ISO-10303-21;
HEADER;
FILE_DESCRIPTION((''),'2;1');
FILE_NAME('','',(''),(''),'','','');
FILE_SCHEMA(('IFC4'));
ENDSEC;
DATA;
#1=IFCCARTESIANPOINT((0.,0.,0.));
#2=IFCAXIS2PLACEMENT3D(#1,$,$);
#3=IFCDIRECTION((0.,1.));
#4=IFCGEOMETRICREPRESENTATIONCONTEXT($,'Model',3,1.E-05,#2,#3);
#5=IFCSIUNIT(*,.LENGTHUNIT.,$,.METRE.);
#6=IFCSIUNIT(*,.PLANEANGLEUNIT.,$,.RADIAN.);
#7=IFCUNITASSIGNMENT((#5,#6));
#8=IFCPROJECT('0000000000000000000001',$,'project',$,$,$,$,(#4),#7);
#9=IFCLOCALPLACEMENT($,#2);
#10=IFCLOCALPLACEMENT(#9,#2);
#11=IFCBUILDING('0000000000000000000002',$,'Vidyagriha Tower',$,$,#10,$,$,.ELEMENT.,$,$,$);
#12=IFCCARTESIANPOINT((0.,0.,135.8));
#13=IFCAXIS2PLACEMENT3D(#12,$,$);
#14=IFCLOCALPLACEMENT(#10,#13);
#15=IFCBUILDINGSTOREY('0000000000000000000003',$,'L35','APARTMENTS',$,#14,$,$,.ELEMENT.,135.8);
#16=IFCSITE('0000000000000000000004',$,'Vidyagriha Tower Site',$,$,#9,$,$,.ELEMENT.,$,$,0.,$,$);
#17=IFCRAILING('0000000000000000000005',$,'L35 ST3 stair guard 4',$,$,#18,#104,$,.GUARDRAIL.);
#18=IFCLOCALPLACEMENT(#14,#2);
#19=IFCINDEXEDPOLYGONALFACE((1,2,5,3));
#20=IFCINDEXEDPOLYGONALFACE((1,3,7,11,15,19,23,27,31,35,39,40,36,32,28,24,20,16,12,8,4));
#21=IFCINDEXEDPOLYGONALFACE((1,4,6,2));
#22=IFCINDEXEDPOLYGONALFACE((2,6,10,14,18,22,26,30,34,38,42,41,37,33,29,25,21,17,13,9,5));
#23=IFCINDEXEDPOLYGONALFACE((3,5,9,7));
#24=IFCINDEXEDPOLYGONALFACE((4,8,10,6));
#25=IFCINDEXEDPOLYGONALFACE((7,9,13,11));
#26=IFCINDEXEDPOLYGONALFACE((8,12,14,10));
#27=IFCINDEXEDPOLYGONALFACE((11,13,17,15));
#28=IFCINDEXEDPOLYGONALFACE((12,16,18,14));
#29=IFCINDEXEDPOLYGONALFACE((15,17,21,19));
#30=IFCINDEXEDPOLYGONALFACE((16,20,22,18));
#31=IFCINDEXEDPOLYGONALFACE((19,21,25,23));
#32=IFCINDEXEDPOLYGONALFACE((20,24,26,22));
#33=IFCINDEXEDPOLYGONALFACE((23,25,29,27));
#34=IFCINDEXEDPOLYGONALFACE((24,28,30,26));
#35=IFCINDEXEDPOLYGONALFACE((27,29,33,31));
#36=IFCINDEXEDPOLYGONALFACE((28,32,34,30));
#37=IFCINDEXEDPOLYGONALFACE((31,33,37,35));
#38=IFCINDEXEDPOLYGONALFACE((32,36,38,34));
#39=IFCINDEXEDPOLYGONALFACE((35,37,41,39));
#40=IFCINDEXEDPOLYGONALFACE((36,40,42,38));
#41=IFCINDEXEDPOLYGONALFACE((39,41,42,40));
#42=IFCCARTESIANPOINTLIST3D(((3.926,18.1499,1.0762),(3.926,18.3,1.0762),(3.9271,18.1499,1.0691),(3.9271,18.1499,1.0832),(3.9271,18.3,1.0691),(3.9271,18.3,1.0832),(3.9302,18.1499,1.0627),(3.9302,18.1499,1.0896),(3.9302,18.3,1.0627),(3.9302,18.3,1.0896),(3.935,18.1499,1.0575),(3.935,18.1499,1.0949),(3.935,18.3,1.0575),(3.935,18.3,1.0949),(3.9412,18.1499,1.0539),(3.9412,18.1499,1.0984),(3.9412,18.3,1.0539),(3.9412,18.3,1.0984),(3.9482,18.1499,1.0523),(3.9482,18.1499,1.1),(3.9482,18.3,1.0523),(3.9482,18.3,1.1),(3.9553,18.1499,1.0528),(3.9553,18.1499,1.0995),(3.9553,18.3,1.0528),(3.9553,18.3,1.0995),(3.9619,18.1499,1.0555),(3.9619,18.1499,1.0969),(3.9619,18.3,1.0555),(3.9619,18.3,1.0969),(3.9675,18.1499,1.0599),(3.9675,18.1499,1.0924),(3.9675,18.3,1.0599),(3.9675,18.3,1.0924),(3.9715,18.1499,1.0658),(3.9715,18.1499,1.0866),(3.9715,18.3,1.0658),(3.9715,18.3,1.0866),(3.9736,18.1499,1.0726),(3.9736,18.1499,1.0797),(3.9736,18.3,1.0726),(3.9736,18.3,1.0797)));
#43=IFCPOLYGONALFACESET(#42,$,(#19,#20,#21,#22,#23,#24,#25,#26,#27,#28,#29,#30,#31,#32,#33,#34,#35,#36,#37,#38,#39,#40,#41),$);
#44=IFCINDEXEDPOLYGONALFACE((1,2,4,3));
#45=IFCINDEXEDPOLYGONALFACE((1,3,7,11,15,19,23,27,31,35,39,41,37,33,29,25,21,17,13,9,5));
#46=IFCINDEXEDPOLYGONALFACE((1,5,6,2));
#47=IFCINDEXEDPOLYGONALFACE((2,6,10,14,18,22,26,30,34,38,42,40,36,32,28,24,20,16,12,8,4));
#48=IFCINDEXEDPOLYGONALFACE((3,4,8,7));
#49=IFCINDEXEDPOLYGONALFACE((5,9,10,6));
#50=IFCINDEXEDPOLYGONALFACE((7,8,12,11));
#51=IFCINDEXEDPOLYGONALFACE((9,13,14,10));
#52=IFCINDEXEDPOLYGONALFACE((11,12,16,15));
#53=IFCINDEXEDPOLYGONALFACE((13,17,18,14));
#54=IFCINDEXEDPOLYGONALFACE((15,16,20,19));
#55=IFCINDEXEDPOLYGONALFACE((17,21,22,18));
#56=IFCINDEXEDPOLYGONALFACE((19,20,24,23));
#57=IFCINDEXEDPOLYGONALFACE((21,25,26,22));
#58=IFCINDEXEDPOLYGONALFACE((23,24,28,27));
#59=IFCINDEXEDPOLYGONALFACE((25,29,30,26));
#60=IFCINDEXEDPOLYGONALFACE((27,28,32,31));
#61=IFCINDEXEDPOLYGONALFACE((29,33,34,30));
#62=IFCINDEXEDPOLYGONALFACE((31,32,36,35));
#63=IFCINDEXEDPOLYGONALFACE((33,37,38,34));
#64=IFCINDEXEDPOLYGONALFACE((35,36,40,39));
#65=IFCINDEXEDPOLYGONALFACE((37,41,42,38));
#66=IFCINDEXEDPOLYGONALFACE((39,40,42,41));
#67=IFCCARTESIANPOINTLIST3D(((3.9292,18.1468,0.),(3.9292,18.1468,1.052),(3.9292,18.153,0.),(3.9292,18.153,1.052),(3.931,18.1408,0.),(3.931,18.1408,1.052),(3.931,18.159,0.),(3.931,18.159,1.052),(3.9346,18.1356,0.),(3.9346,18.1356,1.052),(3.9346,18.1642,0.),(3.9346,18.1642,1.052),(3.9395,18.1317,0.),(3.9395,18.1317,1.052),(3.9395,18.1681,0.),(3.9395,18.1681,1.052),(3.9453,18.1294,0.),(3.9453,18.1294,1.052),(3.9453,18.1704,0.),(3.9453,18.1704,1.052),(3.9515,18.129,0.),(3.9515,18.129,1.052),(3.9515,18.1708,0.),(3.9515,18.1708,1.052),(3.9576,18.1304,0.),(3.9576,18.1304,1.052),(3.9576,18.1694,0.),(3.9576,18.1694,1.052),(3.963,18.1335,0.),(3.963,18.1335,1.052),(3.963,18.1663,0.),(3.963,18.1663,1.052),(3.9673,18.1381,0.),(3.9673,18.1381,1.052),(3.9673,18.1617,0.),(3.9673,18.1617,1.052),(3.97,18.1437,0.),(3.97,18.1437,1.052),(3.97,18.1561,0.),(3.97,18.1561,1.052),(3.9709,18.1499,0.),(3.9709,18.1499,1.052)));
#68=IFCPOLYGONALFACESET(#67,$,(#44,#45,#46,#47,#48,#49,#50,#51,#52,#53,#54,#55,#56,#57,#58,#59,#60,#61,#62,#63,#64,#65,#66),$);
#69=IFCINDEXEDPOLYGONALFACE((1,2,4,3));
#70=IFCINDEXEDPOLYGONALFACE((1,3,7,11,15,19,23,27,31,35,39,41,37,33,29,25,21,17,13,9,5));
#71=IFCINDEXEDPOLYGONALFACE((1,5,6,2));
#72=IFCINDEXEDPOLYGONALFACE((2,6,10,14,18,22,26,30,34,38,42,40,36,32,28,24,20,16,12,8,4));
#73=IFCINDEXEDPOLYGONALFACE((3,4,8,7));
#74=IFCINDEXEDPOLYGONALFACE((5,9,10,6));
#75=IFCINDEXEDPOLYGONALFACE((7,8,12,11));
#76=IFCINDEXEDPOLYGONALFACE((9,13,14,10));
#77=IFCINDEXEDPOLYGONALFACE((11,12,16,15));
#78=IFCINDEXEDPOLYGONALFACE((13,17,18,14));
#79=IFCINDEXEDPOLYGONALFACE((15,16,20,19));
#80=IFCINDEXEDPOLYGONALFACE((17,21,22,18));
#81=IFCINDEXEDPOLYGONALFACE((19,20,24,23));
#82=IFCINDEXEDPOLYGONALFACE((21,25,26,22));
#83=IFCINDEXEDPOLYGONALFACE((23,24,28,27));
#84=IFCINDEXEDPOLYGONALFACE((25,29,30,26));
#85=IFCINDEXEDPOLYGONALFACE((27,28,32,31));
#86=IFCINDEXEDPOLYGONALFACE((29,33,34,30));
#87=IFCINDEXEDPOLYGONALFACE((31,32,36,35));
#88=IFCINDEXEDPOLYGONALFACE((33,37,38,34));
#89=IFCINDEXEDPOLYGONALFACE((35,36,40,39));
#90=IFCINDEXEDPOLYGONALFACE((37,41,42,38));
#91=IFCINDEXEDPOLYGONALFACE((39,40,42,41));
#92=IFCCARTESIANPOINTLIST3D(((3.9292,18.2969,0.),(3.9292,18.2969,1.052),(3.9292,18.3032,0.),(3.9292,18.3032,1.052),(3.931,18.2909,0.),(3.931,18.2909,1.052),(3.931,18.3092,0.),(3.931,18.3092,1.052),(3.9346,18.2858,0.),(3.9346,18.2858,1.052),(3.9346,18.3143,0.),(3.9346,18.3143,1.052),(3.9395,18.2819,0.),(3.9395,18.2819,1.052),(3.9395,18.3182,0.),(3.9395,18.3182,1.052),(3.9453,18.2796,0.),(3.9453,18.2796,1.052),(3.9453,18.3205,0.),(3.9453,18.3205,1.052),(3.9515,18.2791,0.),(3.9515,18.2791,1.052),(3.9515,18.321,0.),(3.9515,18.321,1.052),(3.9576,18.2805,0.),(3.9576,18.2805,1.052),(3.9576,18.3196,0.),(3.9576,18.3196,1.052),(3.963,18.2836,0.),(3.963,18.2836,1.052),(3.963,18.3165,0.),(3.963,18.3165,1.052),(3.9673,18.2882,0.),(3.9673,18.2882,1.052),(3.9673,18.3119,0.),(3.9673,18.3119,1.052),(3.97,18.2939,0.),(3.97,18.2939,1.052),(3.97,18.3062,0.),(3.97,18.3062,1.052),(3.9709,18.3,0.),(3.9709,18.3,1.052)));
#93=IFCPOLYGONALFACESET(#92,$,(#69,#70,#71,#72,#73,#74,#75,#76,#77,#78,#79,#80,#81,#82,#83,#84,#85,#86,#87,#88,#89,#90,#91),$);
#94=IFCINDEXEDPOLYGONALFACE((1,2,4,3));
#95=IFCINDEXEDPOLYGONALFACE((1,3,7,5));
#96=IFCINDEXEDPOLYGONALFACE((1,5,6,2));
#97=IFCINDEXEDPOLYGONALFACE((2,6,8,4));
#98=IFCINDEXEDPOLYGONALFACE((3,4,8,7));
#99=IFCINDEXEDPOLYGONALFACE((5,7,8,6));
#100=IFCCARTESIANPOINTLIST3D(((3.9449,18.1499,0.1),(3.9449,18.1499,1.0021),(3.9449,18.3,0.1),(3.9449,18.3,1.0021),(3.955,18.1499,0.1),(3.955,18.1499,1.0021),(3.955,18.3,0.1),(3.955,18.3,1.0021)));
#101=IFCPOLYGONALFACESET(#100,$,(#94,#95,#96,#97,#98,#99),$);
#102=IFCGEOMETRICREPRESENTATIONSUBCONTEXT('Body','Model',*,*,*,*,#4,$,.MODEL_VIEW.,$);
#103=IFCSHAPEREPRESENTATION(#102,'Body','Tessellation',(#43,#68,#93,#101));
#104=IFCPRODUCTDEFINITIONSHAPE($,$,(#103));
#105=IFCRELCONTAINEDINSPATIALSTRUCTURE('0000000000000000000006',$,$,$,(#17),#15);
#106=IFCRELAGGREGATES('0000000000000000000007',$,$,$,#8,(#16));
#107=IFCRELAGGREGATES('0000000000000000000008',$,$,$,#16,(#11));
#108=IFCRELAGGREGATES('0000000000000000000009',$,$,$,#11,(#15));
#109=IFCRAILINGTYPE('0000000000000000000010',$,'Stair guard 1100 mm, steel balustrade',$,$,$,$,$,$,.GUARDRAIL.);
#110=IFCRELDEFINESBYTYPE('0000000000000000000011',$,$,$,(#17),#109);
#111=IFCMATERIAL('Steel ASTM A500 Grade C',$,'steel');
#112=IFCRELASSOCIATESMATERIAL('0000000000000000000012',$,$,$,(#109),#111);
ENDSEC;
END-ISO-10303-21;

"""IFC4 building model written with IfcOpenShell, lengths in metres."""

from ifc_helpers import new_model, si_unit, direction, frame, origin, origin_2d, place, context, subcontext, project, spatial, rectangle, circle, extrude, material, type_object, element, save


model = new_model("IFC4")

# Units and contexts
model_context = context("Model", 3, precision=1e-05, world=origin(), true_north=direction((0.0, 1.0)))
body_context = subcontext(model_context, "Body", "Model", "MODEL_VIEW")
ifc_project = project(units=[si_unit("LENGTHUNIT", "METRE"), si_unit("PLANEANGLEUNIT", "RADIAN")], contexts=[model_context])

# Site, building, storey
site_placement = place(None, origin())
site = spatial("IfcSite", under=ifc_project, at=site_placement, Name="Vidyagriha Tower Site", CompositionType="ELEMENT", RefElevation=0.0)
building_placement = place(site_placement, origin())
building = spatial("IfcBuilding", under=site, at=building_placement, Name="Vidyagriha Tower", CompositionType="ELEMENT")
storey_placement = place(building_placement, frame((0.0, 0.0, 135.8)))
storey = spatial("IfcBuildingStorey", under=building, at=storey_placement, Name="L35", Description="APARTMENTS", CompositionType="ELEMENT", Elevation=135.8)

# Railing
ifc_material_1 = material(Name="Steel ASTM A500 Grade C", Category="steel")
railing_type_1 = type_object("IfcRailingType", Name="Stair guard 1100 mm, steel balustrade", PredefinedType="GUARDRAIL", material=ifc_material_1)
railing_1_placement = place(storey_placement, frame((3.95, 18.1499, 0.0)))
element("IfcRailing", 1, at=railing_1_placement, inside=storey, type_object=railing_type_1, Name="L35 ST3 stair guard 4", PredefinedType="GUARDRAIL", context=body_context, shape_type="SweptSolid", body=[
    extrude(circle(Radius=0.0239, at=origin_2d()), frame((0.0, 0.0, 1.0762), z_axis=(0.0, 1.0, 0.0), x_axis=(-1.0, 0.0, 0.0)), (0.0, 0.0, 1.0), 0.1501),
    extrude(circle(Radius=0.021, at=origin_2d()), origin(), (0.0, 0.0, 1.0), 1.052),
    extrude(circle(Radius=0.021, at=origin_2d()), frame((0.0, 0.1501, 0.0)), (0.0, 0.0, 1.0), 1.052),
    extrude(rectangle(XDim=0.01, YDim=0.9021, at=origin_2d()), frame((0.0, 0.0, 0.551), z_axis=(0.0, 1.0, 0.0), x_axis=(-1.0, 0.0, 0.0)), (0.0, 0.0, 1.0), 0.1501),
])

save(model, "model.ifc")
